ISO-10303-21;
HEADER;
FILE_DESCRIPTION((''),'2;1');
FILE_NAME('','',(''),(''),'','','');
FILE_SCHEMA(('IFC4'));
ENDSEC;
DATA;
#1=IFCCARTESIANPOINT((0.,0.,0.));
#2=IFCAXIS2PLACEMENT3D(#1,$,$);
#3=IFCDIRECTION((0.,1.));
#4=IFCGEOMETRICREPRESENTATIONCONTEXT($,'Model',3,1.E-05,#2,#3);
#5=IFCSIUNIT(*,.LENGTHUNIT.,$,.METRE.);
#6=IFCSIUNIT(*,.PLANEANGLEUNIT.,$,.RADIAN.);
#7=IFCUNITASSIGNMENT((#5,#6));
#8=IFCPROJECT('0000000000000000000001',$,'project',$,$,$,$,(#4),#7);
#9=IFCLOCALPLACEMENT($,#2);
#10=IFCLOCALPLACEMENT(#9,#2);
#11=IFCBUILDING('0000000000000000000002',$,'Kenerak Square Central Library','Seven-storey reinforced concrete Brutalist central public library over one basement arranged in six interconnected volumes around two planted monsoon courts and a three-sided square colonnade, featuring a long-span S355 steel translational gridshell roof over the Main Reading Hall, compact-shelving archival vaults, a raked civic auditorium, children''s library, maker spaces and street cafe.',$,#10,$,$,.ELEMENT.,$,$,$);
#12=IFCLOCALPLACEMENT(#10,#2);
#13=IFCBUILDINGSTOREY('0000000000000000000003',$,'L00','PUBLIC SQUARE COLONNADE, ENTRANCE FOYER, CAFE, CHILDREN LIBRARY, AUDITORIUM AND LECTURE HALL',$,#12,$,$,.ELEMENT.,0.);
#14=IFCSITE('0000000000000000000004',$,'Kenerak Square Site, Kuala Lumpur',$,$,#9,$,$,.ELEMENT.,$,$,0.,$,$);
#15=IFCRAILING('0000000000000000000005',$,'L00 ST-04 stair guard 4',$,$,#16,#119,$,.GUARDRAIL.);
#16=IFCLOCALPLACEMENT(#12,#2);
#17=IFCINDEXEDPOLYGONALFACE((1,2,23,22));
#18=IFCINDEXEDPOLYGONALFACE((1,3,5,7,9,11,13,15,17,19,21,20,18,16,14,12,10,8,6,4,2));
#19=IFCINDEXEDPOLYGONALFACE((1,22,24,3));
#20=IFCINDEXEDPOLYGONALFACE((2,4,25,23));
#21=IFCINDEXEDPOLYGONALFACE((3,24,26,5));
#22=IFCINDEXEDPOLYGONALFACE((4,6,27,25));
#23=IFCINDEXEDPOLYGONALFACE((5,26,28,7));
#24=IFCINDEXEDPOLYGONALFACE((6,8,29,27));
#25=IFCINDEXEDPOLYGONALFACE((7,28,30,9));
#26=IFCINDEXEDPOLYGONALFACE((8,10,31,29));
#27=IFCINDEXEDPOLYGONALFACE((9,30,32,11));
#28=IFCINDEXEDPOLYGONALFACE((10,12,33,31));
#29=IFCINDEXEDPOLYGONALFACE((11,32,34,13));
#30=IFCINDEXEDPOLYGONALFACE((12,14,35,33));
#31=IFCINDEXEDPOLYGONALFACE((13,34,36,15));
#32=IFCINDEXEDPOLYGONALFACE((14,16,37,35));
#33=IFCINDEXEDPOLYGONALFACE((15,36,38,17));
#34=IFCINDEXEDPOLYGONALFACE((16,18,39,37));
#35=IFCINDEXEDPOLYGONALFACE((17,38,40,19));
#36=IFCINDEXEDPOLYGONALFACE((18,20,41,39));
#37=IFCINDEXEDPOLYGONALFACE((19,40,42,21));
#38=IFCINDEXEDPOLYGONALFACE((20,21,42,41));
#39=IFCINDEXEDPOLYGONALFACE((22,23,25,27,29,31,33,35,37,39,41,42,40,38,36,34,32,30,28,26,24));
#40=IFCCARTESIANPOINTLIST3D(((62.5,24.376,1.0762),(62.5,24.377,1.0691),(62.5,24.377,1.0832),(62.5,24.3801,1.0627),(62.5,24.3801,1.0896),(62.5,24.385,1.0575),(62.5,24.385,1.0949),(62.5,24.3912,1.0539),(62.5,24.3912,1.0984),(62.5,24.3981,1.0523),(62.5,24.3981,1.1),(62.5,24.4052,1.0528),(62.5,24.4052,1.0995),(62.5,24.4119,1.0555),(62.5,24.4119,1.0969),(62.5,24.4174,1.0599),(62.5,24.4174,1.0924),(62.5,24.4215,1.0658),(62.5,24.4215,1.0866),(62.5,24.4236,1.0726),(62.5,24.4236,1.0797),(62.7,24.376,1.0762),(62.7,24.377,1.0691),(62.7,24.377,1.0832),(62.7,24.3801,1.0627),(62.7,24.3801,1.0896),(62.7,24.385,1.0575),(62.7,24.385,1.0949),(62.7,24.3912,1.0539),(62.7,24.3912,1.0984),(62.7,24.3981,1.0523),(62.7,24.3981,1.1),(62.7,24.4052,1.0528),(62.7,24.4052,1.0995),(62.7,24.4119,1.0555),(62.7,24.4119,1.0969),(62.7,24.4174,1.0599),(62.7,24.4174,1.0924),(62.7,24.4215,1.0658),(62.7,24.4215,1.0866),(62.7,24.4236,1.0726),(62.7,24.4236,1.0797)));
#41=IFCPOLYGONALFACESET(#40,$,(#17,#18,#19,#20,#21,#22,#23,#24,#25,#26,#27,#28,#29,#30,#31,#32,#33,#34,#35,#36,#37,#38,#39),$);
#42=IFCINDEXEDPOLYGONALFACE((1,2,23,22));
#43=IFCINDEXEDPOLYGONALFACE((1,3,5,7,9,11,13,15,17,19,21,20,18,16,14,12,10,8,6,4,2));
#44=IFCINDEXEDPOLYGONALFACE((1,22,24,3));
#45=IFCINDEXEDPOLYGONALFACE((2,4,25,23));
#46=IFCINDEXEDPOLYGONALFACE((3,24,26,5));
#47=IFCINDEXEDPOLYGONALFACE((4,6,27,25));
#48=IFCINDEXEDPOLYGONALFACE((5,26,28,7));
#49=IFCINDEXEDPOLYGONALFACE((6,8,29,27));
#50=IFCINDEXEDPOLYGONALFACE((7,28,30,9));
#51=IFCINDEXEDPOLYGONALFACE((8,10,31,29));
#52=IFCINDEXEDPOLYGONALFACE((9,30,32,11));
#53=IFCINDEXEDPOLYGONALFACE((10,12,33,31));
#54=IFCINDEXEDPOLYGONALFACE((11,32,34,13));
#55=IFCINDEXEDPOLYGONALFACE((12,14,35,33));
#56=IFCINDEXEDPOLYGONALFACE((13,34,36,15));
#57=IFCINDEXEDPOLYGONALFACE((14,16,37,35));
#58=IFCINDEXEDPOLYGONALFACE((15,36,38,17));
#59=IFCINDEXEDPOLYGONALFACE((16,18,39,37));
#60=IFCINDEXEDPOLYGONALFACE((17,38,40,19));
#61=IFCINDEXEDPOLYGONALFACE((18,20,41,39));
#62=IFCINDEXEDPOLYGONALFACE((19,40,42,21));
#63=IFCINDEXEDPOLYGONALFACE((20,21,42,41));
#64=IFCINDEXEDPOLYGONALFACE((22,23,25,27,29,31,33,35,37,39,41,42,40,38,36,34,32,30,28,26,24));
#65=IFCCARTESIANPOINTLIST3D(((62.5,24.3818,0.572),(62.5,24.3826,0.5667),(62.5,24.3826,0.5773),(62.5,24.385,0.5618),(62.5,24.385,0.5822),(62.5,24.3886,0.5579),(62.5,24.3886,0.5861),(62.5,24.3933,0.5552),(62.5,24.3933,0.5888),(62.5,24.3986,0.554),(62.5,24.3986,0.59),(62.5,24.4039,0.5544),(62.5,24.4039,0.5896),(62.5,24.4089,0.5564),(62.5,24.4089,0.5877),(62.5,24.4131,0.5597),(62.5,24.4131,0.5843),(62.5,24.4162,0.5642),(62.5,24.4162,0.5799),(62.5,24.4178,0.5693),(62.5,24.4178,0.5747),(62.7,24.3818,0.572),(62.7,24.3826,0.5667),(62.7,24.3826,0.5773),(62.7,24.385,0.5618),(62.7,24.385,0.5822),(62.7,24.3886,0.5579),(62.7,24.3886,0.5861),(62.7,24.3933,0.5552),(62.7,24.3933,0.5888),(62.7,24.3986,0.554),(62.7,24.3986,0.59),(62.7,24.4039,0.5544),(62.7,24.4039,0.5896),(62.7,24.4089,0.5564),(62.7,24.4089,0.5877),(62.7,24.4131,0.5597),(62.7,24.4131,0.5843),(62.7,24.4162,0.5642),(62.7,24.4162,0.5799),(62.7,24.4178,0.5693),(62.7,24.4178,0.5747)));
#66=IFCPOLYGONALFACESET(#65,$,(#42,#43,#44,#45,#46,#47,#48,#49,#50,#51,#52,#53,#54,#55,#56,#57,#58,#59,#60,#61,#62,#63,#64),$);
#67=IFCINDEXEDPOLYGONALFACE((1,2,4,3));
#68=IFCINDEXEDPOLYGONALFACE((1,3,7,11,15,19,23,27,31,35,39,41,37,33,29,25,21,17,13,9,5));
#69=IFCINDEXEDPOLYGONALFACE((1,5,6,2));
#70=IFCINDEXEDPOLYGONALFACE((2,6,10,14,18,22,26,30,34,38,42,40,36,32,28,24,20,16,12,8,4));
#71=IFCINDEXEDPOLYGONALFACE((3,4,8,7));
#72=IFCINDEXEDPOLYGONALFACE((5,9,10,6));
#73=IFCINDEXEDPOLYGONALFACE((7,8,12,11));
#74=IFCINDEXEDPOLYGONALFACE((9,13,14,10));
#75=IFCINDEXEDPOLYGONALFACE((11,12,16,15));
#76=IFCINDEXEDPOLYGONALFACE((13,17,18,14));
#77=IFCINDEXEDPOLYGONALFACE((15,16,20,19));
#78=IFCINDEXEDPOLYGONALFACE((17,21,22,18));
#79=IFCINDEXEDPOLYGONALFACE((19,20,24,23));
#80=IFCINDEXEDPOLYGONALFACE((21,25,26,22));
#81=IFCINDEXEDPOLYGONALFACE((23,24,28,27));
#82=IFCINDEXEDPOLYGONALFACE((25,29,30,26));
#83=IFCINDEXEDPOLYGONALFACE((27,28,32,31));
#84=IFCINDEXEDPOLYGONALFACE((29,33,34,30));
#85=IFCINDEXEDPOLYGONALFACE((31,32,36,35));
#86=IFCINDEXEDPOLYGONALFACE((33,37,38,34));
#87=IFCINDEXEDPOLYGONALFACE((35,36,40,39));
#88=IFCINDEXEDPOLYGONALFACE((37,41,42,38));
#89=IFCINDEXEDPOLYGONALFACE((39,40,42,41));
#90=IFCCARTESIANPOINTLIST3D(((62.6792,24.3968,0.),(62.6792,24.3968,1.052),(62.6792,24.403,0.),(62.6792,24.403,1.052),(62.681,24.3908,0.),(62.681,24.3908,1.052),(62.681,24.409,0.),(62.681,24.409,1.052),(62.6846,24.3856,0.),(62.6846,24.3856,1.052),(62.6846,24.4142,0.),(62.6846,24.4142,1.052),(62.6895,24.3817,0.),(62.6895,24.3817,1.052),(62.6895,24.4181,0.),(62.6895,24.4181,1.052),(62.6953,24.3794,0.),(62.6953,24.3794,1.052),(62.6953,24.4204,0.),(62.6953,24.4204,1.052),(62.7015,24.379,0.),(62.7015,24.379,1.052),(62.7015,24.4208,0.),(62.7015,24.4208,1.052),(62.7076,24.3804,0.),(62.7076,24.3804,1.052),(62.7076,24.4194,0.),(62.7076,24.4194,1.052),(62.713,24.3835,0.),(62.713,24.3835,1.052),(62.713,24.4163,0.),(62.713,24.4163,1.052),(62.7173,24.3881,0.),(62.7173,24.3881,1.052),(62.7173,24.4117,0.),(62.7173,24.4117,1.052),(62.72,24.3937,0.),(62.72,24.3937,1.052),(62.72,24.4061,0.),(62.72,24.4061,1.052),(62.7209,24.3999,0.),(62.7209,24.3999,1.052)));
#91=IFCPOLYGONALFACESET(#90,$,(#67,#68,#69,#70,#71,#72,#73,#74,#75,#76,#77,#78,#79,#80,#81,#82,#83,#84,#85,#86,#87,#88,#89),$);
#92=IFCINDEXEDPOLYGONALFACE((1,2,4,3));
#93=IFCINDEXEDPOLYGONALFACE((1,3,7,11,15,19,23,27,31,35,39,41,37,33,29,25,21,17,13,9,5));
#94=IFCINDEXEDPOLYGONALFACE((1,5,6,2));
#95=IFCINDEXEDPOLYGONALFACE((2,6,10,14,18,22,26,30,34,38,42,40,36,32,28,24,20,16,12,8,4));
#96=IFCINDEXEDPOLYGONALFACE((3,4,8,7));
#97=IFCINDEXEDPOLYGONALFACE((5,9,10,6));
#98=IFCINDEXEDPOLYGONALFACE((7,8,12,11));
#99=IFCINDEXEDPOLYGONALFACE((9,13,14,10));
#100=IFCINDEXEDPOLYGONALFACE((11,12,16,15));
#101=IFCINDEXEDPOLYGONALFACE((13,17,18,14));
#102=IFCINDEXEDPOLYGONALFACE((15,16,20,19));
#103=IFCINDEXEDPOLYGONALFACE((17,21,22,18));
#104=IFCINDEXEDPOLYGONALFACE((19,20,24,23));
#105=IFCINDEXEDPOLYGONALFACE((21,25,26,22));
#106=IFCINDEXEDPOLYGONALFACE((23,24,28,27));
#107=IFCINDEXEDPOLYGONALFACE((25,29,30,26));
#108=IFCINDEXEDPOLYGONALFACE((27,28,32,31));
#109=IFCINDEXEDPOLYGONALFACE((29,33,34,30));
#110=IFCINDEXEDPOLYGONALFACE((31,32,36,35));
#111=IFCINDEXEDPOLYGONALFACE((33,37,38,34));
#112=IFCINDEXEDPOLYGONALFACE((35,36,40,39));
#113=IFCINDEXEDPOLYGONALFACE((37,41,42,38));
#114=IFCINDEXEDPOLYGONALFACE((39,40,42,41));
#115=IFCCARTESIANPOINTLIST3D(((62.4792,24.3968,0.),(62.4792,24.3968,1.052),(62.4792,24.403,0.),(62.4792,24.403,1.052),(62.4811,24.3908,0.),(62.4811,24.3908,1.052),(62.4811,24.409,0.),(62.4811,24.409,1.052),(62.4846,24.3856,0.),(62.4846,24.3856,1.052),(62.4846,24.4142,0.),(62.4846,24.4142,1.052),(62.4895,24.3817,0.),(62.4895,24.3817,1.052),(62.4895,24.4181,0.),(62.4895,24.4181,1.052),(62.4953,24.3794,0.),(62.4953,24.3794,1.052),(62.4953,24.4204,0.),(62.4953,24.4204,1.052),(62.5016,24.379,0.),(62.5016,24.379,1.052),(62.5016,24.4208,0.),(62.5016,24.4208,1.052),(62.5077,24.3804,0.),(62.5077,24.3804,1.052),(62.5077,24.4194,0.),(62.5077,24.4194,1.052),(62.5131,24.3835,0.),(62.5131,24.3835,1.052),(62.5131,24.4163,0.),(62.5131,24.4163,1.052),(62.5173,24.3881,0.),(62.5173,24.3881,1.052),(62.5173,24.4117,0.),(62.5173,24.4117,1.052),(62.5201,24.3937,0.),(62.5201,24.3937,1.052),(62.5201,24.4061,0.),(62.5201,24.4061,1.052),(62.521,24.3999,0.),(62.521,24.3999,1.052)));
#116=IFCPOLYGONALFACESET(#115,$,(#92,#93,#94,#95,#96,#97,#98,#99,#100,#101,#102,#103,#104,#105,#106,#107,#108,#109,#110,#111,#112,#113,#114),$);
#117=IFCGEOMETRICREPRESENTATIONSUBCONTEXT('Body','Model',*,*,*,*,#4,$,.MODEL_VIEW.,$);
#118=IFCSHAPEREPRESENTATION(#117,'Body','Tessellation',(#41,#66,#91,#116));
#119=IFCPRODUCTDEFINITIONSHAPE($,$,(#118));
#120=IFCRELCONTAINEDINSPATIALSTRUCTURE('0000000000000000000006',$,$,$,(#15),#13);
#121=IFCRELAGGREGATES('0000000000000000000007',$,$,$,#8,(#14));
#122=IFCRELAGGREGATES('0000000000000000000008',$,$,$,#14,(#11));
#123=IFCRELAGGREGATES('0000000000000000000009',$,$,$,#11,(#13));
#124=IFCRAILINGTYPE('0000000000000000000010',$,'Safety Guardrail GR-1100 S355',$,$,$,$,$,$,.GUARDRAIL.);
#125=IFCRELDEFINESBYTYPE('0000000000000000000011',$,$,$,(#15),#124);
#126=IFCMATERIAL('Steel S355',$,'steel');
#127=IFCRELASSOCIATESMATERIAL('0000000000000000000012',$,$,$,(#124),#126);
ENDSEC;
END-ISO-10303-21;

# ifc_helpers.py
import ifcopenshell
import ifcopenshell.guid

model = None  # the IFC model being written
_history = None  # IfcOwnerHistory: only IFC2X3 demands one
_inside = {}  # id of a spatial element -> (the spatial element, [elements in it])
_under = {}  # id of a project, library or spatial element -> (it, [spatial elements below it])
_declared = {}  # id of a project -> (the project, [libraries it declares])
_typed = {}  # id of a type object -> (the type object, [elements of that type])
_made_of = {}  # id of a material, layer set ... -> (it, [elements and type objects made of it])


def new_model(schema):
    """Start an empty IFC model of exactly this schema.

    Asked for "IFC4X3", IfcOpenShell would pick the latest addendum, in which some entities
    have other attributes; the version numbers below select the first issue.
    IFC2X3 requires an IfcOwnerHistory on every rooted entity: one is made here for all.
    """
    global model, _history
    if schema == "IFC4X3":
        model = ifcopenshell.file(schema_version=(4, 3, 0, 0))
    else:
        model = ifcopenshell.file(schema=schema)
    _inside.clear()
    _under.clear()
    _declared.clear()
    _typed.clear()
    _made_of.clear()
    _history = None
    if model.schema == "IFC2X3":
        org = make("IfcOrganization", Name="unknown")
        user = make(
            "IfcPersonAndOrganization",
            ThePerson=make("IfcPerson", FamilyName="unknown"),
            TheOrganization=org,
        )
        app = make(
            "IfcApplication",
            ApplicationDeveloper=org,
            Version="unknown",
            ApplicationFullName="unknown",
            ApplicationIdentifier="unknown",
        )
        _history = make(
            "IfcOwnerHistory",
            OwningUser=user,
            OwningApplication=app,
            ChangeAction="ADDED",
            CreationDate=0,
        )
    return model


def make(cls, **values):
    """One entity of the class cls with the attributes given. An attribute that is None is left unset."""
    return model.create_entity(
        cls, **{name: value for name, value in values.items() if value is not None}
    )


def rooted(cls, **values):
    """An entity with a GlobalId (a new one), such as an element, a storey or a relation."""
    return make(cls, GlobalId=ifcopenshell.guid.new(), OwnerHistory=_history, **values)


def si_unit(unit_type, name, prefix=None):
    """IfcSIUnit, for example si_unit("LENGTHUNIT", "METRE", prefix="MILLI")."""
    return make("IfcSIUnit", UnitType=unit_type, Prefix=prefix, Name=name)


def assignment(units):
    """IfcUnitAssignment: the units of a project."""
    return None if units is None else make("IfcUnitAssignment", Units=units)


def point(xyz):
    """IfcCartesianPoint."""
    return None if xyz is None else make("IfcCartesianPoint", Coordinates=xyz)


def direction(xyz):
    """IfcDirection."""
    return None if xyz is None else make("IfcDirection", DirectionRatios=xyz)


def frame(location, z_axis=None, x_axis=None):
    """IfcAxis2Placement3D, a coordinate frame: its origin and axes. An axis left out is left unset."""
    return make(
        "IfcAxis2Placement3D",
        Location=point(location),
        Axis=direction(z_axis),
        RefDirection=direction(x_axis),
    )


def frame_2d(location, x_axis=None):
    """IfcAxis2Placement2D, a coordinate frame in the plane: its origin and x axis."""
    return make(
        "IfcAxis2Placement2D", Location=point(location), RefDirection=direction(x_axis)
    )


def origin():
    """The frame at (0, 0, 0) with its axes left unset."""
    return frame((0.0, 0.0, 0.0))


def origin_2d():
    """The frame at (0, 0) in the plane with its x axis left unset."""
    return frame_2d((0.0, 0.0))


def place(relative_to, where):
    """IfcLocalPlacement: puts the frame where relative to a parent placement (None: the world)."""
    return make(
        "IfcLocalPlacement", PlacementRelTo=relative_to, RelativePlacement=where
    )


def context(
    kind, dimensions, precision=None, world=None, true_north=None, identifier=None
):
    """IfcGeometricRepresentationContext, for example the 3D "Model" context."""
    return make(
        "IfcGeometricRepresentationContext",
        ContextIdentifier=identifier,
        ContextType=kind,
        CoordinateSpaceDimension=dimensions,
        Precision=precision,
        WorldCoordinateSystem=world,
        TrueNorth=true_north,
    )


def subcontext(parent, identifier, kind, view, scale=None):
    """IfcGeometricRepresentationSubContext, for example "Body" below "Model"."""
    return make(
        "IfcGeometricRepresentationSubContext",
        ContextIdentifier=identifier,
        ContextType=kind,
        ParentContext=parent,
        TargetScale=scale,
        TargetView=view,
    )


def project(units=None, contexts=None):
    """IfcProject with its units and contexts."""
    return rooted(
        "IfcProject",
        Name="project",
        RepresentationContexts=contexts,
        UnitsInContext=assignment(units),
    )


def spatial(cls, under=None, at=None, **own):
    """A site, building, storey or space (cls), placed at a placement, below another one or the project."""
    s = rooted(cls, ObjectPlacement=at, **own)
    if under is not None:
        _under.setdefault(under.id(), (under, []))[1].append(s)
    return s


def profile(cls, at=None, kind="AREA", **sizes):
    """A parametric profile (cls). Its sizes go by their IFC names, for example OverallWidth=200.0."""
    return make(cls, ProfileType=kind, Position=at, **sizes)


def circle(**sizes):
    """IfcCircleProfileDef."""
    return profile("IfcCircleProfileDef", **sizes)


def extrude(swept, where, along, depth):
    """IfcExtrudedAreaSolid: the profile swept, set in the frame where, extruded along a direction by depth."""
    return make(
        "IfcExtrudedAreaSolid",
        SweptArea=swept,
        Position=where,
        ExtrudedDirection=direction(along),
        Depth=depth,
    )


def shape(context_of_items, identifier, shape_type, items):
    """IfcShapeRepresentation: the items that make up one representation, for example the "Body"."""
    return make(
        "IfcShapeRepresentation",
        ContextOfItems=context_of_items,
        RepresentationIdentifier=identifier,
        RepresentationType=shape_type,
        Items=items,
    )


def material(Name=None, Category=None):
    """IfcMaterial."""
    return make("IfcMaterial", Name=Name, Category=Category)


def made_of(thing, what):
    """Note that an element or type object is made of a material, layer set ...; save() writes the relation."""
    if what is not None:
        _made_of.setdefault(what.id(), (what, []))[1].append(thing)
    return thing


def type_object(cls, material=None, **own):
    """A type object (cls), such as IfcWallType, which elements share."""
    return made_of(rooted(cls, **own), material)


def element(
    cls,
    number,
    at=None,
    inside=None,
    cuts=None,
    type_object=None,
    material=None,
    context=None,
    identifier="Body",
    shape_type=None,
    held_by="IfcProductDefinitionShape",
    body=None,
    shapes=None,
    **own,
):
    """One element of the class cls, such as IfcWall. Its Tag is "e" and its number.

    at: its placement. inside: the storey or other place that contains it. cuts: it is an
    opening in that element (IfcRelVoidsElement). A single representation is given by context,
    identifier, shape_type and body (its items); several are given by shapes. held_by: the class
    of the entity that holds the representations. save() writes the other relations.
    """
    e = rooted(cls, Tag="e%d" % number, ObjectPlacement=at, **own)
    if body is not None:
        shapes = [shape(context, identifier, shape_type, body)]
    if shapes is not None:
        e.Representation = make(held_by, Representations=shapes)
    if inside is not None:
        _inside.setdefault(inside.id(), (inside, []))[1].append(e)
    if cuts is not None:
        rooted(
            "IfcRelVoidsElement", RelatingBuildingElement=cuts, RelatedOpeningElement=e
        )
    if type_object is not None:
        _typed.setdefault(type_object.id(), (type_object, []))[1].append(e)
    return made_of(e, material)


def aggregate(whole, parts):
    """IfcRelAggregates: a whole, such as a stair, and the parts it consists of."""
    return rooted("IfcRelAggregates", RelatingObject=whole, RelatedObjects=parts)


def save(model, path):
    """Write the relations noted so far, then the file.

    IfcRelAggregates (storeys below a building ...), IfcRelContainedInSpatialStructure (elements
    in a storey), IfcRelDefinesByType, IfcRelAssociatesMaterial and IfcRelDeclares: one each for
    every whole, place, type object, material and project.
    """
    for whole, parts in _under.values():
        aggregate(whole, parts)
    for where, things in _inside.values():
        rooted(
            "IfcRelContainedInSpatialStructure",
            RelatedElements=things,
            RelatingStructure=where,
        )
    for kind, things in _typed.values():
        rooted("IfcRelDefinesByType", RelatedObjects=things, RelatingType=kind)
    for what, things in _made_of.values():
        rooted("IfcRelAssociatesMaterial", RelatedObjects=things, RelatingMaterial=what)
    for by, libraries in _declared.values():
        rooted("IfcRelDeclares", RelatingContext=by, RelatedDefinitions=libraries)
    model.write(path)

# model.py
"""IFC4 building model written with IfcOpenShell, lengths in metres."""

from ifc_helpers import new_model, si_unit, direction, frame, origin, origin_2d, place, context, subcontext, project, spatial, circle, extrude, material, type_object, element, save


model = new_model("IFC4")

# Units and contexts
model_context = context("Model", 3, precision=1e-05, world=origin(), true_north=direction((0.0, 1.0)))
body_context = subcontext(model_context, "Body", "Model", "MODEL_VIEW")
ifc_project = project(units=[si_unit("LENGTHUNIT", "METRE"), si_unit("PLANEANGLEUNIT", "RADIAN")], contexts=[model_context])

# Site, building, storey
site_placement = place(None, origin())
site = spatial("IfcSite", under=ifc_project, at=site_placement, Name="Kenerak Square Site, Kuala Lumpur", CompositionType="ELEMENT", RefElevation=0.0)
building_placement = place(site_placement, origin())
building = spatial("IfcBuilding", under=site, at=building_placement, Name="Kenerak Square Central Library", Description="Seven-storey reinforced concrete Brutalist central public library over one basement arranged in six interconnected volumes around two planted monsoon courts and a three-sided square colonnade, featuring a long-span S355 steel translational gridshell roof over the Main Reading Hall, compact-shelving archival vaults, a raked civic auditorium, children's library, maker spaces and street cafe.", CompositionType="ELEMENT")
storey_placement = place(building_placement, origin())
storey = spatial("IfcBuildingStorey", under=building, at=storey_placement, Name="L00", Description="PUBLIC SQUARE COLONNADE, ENTRANCE FOYER, CAFE, CHILDREN LIBRARY, AUDITORIUM AND LECTURE HALL", CompositionType="ELEMENT", Elevation=0.0)

# Shared definitions
ifc_material_1 = material(Name="Steel S355", Category="steel")

# Railing
railing_type_1 = type_object("IfcRailingType", Name="Safety Guardrail GR-1100 S355", PredefinedType="GUARDRAIL", material=ifc_material_1)
railing_1_placement = place(storey_placement, frame((62.7, 24.3999, 0.0)))
element("IfcRailing", 1, at=railing_1_placement, inside=storey, type_object=railing_type_1, Name="L00 ST-04 stair guard 4", PredefinedType="GUARDRAIL", context=body_context, shape_type="SweptSolid", body=[
    extrude(circle(Radius=0.0239, at=origin_2d()), frame((0.0, 0.0, 1.0762), z_axis=(-1.0, 0.0, 0.0), x_axis=(0.0, -1.0, 0.0)), (0.0, 0.0, 1.0), 0.2),
    extrude(circle(Radius=0.0181, at=origin_2d()), frame((0.0, 0.0, 0.572), z_axis=(-1.0, 0.0, 0.0), x_axis=(0.0, -1.0, 0.0)), (0.0, 0.0, 1.0), 0.2),
    extrude(circle(Radius=0.021, at=origin_2d()), origin(), (0.0, 0.0, 1.0), 1.052),
    extrude(circle(Radius=0.021, at=origin_2d()), frame((-0.2, 0.0, 0.0)), (0.0, 0.0, 1.0), 1.052),
])

save(model, "model.ifc")
